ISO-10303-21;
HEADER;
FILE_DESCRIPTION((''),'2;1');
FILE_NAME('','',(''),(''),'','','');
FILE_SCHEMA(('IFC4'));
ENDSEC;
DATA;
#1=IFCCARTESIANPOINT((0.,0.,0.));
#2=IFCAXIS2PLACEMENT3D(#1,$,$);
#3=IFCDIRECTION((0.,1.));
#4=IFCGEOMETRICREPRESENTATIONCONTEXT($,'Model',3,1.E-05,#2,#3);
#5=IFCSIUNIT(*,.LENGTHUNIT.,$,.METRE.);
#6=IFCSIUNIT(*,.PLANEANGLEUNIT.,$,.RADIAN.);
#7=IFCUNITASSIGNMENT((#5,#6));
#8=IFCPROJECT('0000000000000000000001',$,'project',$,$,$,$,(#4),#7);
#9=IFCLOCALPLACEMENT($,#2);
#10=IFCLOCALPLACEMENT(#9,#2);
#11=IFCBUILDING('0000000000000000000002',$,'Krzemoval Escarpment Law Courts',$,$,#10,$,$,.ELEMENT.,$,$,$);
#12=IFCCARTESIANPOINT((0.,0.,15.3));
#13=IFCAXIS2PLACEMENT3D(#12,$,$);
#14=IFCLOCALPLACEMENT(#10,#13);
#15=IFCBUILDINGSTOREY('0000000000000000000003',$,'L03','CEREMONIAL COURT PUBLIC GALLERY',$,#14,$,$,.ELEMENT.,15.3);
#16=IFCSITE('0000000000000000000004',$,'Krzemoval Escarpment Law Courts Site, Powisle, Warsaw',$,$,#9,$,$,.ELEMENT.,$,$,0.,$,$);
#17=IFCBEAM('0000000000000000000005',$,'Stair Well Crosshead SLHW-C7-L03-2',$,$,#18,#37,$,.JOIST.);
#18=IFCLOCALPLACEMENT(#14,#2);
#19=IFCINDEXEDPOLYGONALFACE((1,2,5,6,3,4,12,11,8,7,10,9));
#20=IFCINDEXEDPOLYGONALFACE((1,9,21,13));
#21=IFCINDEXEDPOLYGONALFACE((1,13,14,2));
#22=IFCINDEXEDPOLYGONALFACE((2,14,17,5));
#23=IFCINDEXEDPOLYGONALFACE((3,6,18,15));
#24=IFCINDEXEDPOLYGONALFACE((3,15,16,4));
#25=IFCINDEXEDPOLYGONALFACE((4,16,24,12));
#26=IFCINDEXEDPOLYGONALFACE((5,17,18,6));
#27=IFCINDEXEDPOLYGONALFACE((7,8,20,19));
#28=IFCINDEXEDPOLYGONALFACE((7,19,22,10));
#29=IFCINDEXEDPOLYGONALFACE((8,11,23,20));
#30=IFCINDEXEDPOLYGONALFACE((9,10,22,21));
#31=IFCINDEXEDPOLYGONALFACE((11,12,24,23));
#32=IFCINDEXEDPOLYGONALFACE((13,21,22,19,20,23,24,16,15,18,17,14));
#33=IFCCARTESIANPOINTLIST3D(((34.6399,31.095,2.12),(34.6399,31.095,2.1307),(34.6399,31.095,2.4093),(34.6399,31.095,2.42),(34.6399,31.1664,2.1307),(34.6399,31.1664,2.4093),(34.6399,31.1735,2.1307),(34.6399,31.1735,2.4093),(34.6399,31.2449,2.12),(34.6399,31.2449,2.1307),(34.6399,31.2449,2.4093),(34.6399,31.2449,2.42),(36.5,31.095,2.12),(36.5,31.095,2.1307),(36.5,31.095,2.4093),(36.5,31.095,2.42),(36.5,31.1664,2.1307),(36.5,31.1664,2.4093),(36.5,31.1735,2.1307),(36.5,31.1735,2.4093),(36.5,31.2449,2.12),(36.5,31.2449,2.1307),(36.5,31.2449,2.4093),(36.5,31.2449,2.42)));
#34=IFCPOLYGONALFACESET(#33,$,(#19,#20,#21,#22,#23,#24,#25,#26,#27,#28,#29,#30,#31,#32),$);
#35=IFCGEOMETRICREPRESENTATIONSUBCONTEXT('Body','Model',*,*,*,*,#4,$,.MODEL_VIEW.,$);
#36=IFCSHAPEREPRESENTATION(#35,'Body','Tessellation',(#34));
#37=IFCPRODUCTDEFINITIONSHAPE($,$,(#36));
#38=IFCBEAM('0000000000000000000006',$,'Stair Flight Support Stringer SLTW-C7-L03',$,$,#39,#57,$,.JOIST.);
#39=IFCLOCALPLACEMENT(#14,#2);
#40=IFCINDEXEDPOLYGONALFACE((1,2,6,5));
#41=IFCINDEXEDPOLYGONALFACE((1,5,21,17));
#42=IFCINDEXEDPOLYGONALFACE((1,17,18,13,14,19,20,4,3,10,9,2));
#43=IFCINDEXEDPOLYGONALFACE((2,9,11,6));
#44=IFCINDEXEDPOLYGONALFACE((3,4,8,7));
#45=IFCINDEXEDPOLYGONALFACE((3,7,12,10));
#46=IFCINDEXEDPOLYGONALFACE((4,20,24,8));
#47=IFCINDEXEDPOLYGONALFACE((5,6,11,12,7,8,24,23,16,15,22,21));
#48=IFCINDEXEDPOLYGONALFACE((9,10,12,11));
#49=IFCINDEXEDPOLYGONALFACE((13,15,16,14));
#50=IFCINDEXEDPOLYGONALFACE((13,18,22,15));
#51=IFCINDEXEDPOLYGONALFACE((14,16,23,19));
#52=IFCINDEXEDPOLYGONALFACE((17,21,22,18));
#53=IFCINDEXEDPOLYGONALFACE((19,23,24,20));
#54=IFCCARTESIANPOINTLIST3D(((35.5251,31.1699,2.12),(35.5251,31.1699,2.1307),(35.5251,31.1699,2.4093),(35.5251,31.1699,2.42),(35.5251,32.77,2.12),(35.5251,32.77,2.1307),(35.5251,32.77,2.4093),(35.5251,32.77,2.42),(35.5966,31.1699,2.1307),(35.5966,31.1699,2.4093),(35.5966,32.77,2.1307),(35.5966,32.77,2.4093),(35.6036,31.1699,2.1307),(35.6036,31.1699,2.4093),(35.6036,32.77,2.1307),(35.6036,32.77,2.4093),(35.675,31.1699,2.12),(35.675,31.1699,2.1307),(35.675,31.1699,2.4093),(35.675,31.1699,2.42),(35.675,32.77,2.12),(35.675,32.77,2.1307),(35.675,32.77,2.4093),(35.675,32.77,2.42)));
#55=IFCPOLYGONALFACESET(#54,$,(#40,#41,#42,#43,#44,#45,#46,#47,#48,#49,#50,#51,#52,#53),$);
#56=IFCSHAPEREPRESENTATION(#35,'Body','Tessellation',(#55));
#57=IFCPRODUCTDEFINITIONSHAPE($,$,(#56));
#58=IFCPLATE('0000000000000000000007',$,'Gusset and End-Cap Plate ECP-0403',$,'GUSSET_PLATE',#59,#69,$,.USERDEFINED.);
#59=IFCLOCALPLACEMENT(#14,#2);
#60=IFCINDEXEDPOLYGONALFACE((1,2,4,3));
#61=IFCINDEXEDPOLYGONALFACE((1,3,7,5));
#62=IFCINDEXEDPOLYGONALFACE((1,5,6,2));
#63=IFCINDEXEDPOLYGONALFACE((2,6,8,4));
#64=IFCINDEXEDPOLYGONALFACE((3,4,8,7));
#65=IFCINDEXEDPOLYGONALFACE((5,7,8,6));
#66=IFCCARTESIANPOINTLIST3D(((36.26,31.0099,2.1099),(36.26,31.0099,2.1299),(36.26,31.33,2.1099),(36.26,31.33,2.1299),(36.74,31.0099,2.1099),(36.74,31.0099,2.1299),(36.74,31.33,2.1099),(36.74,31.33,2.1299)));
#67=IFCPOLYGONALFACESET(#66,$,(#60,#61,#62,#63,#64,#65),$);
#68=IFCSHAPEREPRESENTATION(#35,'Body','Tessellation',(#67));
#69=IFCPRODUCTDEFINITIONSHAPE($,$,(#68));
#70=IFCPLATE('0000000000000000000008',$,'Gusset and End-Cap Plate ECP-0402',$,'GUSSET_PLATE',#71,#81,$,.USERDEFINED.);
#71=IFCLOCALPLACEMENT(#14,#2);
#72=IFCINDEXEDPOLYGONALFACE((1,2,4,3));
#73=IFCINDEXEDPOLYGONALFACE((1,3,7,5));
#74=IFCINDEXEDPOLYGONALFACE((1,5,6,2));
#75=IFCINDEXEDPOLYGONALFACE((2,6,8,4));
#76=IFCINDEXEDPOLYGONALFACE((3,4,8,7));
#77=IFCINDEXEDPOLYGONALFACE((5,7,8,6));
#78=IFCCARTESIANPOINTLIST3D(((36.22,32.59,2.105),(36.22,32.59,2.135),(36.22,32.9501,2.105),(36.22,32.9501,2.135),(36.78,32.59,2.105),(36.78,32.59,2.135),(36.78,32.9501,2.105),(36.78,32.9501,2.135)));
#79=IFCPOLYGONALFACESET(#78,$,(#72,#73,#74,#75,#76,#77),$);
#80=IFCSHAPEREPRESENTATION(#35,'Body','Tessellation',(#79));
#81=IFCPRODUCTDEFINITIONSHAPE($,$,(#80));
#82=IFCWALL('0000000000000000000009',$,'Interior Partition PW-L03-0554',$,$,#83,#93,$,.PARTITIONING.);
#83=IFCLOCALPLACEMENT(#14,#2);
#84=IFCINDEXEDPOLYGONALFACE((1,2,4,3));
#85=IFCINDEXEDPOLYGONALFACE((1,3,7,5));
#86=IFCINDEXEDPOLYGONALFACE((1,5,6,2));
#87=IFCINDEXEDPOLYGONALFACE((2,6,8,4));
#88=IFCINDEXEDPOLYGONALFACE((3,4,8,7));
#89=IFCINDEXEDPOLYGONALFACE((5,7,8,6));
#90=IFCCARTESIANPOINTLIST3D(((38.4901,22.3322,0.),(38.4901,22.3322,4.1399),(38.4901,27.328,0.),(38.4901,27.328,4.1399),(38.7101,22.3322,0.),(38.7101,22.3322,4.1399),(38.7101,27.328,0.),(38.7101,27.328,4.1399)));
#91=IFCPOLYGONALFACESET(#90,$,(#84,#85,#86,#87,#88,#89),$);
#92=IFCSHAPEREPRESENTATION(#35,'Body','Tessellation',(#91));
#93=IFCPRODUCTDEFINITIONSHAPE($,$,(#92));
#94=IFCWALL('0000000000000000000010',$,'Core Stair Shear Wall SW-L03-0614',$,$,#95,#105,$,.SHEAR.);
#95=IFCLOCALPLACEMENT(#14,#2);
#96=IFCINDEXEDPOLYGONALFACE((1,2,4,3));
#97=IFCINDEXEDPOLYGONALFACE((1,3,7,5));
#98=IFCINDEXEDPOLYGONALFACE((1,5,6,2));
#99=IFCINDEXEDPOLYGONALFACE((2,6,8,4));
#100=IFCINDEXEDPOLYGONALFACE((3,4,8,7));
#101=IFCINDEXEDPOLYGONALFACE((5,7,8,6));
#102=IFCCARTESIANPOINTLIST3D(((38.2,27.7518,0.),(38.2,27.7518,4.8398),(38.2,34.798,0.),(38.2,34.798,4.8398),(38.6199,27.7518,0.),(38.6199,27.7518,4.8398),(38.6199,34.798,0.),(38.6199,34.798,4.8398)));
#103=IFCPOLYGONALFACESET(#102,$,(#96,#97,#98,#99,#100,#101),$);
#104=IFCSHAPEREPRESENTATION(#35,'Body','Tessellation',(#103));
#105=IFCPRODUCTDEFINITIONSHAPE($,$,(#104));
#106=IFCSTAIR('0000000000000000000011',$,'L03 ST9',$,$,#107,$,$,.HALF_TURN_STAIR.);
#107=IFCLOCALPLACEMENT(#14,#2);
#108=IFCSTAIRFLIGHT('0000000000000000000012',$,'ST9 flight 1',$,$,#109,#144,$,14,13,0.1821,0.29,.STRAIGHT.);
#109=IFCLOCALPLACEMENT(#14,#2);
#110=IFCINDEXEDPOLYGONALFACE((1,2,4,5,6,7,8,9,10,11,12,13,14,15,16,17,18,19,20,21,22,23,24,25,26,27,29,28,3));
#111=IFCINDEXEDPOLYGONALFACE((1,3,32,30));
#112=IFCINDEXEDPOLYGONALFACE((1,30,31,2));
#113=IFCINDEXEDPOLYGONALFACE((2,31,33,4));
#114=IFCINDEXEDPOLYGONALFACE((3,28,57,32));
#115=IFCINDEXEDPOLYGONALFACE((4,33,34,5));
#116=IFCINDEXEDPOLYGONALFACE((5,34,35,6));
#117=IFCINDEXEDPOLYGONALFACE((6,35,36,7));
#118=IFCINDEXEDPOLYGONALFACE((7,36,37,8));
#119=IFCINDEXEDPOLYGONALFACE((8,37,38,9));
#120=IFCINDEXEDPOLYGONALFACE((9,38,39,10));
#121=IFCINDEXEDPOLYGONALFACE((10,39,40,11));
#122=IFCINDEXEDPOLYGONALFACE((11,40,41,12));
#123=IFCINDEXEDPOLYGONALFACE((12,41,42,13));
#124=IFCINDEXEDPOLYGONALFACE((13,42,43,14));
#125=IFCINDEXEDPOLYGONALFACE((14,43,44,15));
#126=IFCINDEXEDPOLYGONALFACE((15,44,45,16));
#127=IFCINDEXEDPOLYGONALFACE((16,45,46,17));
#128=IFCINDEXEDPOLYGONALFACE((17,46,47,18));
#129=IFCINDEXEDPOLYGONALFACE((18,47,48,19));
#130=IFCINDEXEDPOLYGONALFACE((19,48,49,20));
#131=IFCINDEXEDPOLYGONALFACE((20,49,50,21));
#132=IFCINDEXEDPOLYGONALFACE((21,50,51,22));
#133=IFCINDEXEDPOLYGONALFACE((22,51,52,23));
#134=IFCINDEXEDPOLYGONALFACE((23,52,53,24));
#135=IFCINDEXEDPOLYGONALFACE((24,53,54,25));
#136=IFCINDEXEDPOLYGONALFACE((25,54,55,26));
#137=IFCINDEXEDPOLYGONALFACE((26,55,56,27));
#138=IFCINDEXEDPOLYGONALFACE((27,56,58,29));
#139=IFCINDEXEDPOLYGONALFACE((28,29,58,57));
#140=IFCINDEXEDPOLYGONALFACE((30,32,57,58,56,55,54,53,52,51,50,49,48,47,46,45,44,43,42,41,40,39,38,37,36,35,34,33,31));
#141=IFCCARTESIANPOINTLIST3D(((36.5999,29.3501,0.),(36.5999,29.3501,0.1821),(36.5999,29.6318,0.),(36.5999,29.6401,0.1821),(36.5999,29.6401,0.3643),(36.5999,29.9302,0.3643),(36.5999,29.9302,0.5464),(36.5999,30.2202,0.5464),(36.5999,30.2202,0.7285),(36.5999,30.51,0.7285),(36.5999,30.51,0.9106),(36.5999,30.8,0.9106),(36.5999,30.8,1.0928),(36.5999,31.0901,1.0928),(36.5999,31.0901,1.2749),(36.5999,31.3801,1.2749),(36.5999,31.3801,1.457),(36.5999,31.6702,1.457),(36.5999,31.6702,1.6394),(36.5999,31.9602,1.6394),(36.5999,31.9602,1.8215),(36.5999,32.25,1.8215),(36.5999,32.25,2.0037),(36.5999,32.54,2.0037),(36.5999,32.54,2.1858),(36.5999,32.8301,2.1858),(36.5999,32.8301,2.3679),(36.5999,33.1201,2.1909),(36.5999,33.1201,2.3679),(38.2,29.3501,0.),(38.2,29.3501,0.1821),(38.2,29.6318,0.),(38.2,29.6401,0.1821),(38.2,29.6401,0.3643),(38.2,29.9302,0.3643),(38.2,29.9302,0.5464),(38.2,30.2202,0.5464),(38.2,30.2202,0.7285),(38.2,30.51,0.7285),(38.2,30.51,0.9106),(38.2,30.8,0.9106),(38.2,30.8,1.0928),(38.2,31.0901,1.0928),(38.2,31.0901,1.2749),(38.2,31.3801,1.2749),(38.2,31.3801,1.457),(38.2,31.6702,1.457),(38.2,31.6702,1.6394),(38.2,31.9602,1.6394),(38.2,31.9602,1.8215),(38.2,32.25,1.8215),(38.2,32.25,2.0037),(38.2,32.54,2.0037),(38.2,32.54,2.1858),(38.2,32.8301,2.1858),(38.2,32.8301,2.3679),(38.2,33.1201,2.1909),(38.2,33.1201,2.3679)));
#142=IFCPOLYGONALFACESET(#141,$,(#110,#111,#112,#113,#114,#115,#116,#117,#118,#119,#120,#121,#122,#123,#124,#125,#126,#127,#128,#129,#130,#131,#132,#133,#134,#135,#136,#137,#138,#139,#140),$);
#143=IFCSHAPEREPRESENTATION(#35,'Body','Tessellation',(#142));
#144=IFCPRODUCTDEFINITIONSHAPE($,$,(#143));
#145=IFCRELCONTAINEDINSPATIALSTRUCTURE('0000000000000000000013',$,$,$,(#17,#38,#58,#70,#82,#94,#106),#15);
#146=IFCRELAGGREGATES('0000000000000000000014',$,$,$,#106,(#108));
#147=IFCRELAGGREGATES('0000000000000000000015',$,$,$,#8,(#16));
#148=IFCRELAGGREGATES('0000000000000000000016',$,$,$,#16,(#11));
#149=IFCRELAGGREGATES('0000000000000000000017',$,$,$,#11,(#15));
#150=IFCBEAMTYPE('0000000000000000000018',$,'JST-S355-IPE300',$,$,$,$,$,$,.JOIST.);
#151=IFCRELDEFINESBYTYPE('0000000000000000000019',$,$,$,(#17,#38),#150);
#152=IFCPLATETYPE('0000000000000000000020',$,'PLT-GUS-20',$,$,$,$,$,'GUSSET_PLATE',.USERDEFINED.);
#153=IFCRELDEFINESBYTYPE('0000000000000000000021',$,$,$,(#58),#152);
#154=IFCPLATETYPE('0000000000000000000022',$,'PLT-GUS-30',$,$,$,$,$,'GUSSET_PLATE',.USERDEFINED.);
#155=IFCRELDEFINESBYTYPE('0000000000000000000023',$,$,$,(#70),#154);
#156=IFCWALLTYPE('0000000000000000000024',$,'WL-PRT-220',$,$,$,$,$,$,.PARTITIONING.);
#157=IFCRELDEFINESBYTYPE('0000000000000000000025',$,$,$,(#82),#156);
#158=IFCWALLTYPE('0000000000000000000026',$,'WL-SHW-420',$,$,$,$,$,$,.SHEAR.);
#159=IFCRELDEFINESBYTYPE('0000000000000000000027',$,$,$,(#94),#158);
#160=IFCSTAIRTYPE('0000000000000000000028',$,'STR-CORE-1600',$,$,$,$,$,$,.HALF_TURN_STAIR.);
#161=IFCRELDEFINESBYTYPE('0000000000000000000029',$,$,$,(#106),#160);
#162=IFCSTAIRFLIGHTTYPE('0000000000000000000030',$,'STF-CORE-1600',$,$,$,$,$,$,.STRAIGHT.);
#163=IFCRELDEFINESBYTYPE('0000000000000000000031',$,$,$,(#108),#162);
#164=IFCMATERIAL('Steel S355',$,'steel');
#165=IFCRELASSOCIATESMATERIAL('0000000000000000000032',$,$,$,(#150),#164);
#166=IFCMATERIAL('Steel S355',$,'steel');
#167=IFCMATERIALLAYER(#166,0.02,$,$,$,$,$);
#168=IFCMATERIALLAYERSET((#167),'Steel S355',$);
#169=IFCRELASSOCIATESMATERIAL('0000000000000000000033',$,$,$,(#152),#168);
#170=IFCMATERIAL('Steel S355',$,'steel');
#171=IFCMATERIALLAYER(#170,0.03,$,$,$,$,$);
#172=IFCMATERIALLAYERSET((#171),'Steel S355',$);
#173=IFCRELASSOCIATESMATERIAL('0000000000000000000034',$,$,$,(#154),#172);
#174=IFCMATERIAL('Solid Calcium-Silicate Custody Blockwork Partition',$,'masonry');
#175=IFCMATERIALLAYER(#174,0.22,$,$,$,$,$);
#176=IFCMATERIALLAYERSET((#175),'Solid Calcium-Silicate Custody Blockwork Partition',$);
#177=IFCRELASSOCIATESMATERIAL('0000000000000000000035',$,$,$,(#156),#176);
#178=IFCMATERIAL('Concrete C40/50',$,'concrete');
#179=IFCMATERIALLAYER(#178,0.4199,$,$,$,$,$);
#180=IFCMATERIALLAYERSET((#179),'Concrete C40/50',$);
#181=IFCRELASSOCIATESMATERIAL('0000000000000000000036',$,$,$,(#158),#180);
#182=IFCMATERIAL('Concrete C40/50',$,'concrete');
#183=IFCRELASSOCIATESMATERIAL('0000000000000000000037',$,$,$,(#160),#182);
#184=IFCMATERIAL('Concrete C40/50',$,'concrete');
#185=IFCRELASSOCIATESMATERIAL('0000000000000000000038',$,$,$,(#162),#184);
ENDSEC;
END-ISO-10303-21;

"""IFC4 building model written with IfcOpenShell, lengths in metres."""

from ifc_helpers import new_model, si_unit, direction, frame, frame_2d, origin, origin_2d, place, context, subcontext, project, spatial, polyline, rectangle, i_section, outline, extrude, material, layer, layer_set, material_profile, profile_set, type_object, element, aggregate, save


model = new_model("IFC4")

# Units and contexts
model_context = context("Model", 3, precision=1e-05, world=origin(), true_north=direction((0.0, 1.0)))
body_context = subcontext(model_context, "Body", "Model", "MODEL_VIEW")
ifc_project = project(units=[si_unit("LENGTHUNIT", "METRE"), si_unit("PLANEANGLEUNIT", "RADIAN")], contexts=[model_context])

# Site, building, storey
site_placement = place(None, origin())
site = spatial("IfcSite", under=ifc_project, at=site_placement, Name="Krzemoval Escarpment Law Courts Site, Powisle, Warsaw", CompositionType="ELEMENT", RefElevation=0.0)
building_placement = place(site_placement, origin())
building = spatial("IfcBuilding", under=site, at=building_placement, Name="Krzemoval Escarpment Law Courts", CompositionType="ELEMENT")
storey_placement = place(building_placement, frame((0.0, 0.0, 15.3)))
storey = spatial("IfcBuildingStorey", under=building, at=storey_placement, Name="L03", Description="CEREMONIAL COURT PUBLIC GALLERY", CompositionType="ELEMENT", Elevation=15.3)

# Beams
ifc_material_1 = material(Name="Steel S355", Category="steel")
ifc_material_profile_1 = material_profile(ifc_material_1, i_section(OverallWidth=0.1499, OverallDepth=0.3, WebThickness=0.0071, FlangeThickness=0.0107, at=origin_2d()), Name="IPE 300")
ifc_profile_set_1 = profile_set([ifc_material_profile_1], Name="Steel S355")
beam_type_1 = type_object("IfcBeamType", Name="JST-S355-IPE300", PredefinedType="JOIST", material=ifc_profile_set_1)
for number, where, z_axis, x_axis, name in (
    (1, (36.5, 31.1699, 2.27), (-1.0, 0.0, 0.0), (0.0, -1.0, 0.0), "Stair Well Crosshead SLHW-C7-L03-2"),
):
    element("IfcBeam", number, at=place(storey_placement, frame(where, z_axis=z_axis, x_axis=x_axis)), inside=storey, type_object=beam_type_1, Name=name, PredefinedType="JOIST", context=body_context, shape_type="SweptSolid", body=[
        extrude(i_section(OverallWidth=0.1499, OverallDepth=0.3, WebThickness=0.0071, FlangeThickness=0.0107, at=origin_2d()), origin(), (0.0, 0.0, 1.0), 1.8601),
    ])
beam_1_placement = place(storey_placement, frame((35.6001, 32.77, 2.27), z_axis=(0.0, -1.0, 0.0), x_axis=(1.0, 0.0, 0.0)))
element("IfcBeam", 2, at=beam_1_placement, inside=storey, type_object=beam_type_1, Name="Stair Flight Support Stringer SLTW-C7-L03", PredefinedType="JOIST", context=body_context, shape_type="SweptSolid", body=[
    extrude(i_section(OverallWidth=0.1499, OverallDepth=0.3, WebThickness=0.0071, FlangeThickness=0.0107, at=origin_2d()), origin(), (0.0, 0.0, 1.0), 1.6001),
])

# Plates
ifc_material_2 = material(Name="Steel S355", Category="steel")
ifc_layer_1 = layer(ifc_material_2, 0.02)
ifc_layer_set_1 = layer_set([ifc_layer_1], Name="Steel S355")
plate_type_1 = type_object("IfcPlateType", Name="PLT-GUS-20", ElementType="GUSSET_PLATE", PredefinedType="USERDEFINED", material=ifc_layer_set_1)
plate_1_placement = place(storey_placement, frame((36.5, 31.1699, 2.1099), z_axis=(0.0, 0.0, 1.0), x_axis=(1.0, 0.0, 0.0)))
element("IfcPlate", 3, at=plate_1_placement, inside=storey, type_object=plate_type_1, Name="Gusset and End-Cap Plate ECP-0403", ObjectType="GUSSET_PLATE", PredefinedType="USERDEFINED", context=body_context, shape_type="SweptSolid", body=[
    extrude(rectangle(XDim=0.48, YDim=0.3201, at=origin_2d()), origin(), (0.0, 0.0, 1.0), 0.02),
])
ifc_material_3 = material(Name="Steel S355", Category="steel")
ifc_layer_2 = layer(ifc_material_3, 0.03)
ifc_layer_set_2 = layer_set([ifc_layer_2], Name="Steel S355")
plate_type_2 = type_object("IfcPlateType", Name="PLT-GUS-30", ElementType="GUSSET_PLATE", PredefinedType="USERDEFINED", material=ifc_layer_set_2)
plate_2_placement = place(storey_placement, frame((36.5, 32.77, 2.105), z_axis=(0.0, 0.0, 1.0), x_axis=(1.0, 0.0, 0.0)))
element("IfcPlate", 4, at=plate_2_placement, inside=storey, type_object=plate_type_2, Name="Gusset and End-Cap Plate ECP-0402", ObjectType="GUSSET_PLATE", PredefinedType="USERDEFINED", context=body_context, shape_type="SweptSolid", body=[
    extrude(rectangle(XDim=0.5601, YDim=0.3601, at=origin_2d()), origin(), (0.0, 0.0, 1.0), 0.03),
])

# Walls
ifc_material_4 = material(Name="Solid Calcium-Silicate Custody Blockwork Partition", Category="masonry")
ifc_layer_3 = layer(ifc_material_4, 0.22)
ifc_layer_set_3 = layer_set([ifc_layer_3], Name="Solid Calcium-Silicate Custody Blockwork Partition")
wall_type_1 = type_object("IfcWallType", Name="WL-PRT-220", PredefinedType="PARTITIONING", material=ifc_layer_set_3)
wall_1_placement = place(storey_placement, frame((38.6001, 22.332, 0.0), z_axis=(0.0, 0.0, 1.0), x_axis=(0.0, 1.0, 0.0)))
element("IfcWall", 5, at=wall_1_placement, inside=storey, type_object=wall_type_1, Name="Interior Partition PW-L03-0554", PredefinedType="PARTITIONING", context=body_context, shape_type="SweptSolid", body=[
    extrude(rectangle(XDim=4.9958, YDim=0.22, at=frame_2d((2.498, 0.0))), origin(), (0.0, 0.0, 1.0), 4.1399),
])
ifc_material_5 = material(Name="Concrete C40/50", Category="concrete")
ifc_layer_4 = layer(ifc_material_5, 0.4199)
ifc_layer_set_4 = layer_set([ifc_layer_4], Name="Concrete C40/50")
wall_type_2 = type_object("IfcWallType", Name="WL-SHW-420", PredefinedType="SHEAR", material=ifc_layer_set_4)
wall_2_placement = place(storey_placement, frame((38.4099, 27.752, 0.0), z_axis=(0.0, 0.0, 1.0), x_axis=(0.0, 1.0, 0.0)))
element("IfcWall", 6, at=wall_2_placement, inside=storey, type_object=wall_type_2, Name="Core Stair Shear Wall SW-L03-0614", PredefinedType="SHEAR", context=body_context, shape_type="SweptSolid", body=[
    extrude(rectangle(XDim=7.0461, YDim=0.4199, at=frame_2d((3.5229, 0.0))), origin(), (0.0, 0.0, 1.0), 4.8398),
])

# Stair, stair flight
ifc_material_6 = material(Name="Concrete C40/50", Category="concrete")
stair_type = type_object("IfcStairType", Name="STR-CORE-1600", PredefinedType="HALF_TURN_STAIR", material=ifc_material_6)
stair_placement = place(storey_placement, origin())
stair = element("IfcStair", 7, at=stair_placement, inside=storey, type_object=stair_type, Name="L03 ST9", PredefinedType="HALF_TURN_STAIR")
ifc_material_7 = material(Name="Concrete C40/50", Category="concrete")
stair_flight_type = type_object("IfcStairFlightType", Name="STF-CORE-1600", PredefinedType="STRAIGHT", material=ifc_material_7)
stair_flight_1_placement = place(storey_placement, frame((37.3999, 29.3501, 0.0), z_axis=(0.0, 0.0, 1.0), x_axis=(0.0, 1.0, 0.0)))
stair_flight_1 = element("IfcStairFlight", 8, at=stair_flight_1_placement, type_object=stair_flight_type, Name="ST9 flight 1", NumberOfRisers=14, NumberOfTreads=13, PredefinedType="STRAIGHT", RiserHeight=0.1821, TreadLength=0.29, context=body_context, shape_type="SweptSolid", body=[
    extrude(outline(polyline([(0.0, 0.0), (0.0, 0.1821), (0.29, 0.1821), (0.29, 0.3643), (0.5801, 0.3643), (0.5801, 0.5464), (0.8701, 0.5464), (0.8701, 0.7285), (1.1599, 0.7285), (1.1599, 0.9106), (1.45, 0.9106), (1.45, 1.0928), (1.74, 1.0928), (1.74, 1.2749), (2.03, 1.2749), (2.03, 1.457), (2.3201, 1.457), (2.3201, 1.6394), (2.6101, 1.6394), (2.6101, 1.8215), (2.8999, 1.8215), (2.8999, 2.0037), (3.1899, 2.0037), (3.1899, 2.1858), (3.48, 2.1858), (3.48, 2.3679), (3.77, 2.3679), (3.77, 2.55), (3.77, 2.1909), (0.2817, 0.0), (0.0, 0.0)])), frame((0.0, 0.8, 0.0), z_axis=(0.0, -1.0, 0.0), x_axis=(1.0, 0.0, 0.0)), (0.0, 0.0, 1.0), 1.6001),
])
aggregate(stair, [stair_flight_1])

save(model, "model.ifc")
